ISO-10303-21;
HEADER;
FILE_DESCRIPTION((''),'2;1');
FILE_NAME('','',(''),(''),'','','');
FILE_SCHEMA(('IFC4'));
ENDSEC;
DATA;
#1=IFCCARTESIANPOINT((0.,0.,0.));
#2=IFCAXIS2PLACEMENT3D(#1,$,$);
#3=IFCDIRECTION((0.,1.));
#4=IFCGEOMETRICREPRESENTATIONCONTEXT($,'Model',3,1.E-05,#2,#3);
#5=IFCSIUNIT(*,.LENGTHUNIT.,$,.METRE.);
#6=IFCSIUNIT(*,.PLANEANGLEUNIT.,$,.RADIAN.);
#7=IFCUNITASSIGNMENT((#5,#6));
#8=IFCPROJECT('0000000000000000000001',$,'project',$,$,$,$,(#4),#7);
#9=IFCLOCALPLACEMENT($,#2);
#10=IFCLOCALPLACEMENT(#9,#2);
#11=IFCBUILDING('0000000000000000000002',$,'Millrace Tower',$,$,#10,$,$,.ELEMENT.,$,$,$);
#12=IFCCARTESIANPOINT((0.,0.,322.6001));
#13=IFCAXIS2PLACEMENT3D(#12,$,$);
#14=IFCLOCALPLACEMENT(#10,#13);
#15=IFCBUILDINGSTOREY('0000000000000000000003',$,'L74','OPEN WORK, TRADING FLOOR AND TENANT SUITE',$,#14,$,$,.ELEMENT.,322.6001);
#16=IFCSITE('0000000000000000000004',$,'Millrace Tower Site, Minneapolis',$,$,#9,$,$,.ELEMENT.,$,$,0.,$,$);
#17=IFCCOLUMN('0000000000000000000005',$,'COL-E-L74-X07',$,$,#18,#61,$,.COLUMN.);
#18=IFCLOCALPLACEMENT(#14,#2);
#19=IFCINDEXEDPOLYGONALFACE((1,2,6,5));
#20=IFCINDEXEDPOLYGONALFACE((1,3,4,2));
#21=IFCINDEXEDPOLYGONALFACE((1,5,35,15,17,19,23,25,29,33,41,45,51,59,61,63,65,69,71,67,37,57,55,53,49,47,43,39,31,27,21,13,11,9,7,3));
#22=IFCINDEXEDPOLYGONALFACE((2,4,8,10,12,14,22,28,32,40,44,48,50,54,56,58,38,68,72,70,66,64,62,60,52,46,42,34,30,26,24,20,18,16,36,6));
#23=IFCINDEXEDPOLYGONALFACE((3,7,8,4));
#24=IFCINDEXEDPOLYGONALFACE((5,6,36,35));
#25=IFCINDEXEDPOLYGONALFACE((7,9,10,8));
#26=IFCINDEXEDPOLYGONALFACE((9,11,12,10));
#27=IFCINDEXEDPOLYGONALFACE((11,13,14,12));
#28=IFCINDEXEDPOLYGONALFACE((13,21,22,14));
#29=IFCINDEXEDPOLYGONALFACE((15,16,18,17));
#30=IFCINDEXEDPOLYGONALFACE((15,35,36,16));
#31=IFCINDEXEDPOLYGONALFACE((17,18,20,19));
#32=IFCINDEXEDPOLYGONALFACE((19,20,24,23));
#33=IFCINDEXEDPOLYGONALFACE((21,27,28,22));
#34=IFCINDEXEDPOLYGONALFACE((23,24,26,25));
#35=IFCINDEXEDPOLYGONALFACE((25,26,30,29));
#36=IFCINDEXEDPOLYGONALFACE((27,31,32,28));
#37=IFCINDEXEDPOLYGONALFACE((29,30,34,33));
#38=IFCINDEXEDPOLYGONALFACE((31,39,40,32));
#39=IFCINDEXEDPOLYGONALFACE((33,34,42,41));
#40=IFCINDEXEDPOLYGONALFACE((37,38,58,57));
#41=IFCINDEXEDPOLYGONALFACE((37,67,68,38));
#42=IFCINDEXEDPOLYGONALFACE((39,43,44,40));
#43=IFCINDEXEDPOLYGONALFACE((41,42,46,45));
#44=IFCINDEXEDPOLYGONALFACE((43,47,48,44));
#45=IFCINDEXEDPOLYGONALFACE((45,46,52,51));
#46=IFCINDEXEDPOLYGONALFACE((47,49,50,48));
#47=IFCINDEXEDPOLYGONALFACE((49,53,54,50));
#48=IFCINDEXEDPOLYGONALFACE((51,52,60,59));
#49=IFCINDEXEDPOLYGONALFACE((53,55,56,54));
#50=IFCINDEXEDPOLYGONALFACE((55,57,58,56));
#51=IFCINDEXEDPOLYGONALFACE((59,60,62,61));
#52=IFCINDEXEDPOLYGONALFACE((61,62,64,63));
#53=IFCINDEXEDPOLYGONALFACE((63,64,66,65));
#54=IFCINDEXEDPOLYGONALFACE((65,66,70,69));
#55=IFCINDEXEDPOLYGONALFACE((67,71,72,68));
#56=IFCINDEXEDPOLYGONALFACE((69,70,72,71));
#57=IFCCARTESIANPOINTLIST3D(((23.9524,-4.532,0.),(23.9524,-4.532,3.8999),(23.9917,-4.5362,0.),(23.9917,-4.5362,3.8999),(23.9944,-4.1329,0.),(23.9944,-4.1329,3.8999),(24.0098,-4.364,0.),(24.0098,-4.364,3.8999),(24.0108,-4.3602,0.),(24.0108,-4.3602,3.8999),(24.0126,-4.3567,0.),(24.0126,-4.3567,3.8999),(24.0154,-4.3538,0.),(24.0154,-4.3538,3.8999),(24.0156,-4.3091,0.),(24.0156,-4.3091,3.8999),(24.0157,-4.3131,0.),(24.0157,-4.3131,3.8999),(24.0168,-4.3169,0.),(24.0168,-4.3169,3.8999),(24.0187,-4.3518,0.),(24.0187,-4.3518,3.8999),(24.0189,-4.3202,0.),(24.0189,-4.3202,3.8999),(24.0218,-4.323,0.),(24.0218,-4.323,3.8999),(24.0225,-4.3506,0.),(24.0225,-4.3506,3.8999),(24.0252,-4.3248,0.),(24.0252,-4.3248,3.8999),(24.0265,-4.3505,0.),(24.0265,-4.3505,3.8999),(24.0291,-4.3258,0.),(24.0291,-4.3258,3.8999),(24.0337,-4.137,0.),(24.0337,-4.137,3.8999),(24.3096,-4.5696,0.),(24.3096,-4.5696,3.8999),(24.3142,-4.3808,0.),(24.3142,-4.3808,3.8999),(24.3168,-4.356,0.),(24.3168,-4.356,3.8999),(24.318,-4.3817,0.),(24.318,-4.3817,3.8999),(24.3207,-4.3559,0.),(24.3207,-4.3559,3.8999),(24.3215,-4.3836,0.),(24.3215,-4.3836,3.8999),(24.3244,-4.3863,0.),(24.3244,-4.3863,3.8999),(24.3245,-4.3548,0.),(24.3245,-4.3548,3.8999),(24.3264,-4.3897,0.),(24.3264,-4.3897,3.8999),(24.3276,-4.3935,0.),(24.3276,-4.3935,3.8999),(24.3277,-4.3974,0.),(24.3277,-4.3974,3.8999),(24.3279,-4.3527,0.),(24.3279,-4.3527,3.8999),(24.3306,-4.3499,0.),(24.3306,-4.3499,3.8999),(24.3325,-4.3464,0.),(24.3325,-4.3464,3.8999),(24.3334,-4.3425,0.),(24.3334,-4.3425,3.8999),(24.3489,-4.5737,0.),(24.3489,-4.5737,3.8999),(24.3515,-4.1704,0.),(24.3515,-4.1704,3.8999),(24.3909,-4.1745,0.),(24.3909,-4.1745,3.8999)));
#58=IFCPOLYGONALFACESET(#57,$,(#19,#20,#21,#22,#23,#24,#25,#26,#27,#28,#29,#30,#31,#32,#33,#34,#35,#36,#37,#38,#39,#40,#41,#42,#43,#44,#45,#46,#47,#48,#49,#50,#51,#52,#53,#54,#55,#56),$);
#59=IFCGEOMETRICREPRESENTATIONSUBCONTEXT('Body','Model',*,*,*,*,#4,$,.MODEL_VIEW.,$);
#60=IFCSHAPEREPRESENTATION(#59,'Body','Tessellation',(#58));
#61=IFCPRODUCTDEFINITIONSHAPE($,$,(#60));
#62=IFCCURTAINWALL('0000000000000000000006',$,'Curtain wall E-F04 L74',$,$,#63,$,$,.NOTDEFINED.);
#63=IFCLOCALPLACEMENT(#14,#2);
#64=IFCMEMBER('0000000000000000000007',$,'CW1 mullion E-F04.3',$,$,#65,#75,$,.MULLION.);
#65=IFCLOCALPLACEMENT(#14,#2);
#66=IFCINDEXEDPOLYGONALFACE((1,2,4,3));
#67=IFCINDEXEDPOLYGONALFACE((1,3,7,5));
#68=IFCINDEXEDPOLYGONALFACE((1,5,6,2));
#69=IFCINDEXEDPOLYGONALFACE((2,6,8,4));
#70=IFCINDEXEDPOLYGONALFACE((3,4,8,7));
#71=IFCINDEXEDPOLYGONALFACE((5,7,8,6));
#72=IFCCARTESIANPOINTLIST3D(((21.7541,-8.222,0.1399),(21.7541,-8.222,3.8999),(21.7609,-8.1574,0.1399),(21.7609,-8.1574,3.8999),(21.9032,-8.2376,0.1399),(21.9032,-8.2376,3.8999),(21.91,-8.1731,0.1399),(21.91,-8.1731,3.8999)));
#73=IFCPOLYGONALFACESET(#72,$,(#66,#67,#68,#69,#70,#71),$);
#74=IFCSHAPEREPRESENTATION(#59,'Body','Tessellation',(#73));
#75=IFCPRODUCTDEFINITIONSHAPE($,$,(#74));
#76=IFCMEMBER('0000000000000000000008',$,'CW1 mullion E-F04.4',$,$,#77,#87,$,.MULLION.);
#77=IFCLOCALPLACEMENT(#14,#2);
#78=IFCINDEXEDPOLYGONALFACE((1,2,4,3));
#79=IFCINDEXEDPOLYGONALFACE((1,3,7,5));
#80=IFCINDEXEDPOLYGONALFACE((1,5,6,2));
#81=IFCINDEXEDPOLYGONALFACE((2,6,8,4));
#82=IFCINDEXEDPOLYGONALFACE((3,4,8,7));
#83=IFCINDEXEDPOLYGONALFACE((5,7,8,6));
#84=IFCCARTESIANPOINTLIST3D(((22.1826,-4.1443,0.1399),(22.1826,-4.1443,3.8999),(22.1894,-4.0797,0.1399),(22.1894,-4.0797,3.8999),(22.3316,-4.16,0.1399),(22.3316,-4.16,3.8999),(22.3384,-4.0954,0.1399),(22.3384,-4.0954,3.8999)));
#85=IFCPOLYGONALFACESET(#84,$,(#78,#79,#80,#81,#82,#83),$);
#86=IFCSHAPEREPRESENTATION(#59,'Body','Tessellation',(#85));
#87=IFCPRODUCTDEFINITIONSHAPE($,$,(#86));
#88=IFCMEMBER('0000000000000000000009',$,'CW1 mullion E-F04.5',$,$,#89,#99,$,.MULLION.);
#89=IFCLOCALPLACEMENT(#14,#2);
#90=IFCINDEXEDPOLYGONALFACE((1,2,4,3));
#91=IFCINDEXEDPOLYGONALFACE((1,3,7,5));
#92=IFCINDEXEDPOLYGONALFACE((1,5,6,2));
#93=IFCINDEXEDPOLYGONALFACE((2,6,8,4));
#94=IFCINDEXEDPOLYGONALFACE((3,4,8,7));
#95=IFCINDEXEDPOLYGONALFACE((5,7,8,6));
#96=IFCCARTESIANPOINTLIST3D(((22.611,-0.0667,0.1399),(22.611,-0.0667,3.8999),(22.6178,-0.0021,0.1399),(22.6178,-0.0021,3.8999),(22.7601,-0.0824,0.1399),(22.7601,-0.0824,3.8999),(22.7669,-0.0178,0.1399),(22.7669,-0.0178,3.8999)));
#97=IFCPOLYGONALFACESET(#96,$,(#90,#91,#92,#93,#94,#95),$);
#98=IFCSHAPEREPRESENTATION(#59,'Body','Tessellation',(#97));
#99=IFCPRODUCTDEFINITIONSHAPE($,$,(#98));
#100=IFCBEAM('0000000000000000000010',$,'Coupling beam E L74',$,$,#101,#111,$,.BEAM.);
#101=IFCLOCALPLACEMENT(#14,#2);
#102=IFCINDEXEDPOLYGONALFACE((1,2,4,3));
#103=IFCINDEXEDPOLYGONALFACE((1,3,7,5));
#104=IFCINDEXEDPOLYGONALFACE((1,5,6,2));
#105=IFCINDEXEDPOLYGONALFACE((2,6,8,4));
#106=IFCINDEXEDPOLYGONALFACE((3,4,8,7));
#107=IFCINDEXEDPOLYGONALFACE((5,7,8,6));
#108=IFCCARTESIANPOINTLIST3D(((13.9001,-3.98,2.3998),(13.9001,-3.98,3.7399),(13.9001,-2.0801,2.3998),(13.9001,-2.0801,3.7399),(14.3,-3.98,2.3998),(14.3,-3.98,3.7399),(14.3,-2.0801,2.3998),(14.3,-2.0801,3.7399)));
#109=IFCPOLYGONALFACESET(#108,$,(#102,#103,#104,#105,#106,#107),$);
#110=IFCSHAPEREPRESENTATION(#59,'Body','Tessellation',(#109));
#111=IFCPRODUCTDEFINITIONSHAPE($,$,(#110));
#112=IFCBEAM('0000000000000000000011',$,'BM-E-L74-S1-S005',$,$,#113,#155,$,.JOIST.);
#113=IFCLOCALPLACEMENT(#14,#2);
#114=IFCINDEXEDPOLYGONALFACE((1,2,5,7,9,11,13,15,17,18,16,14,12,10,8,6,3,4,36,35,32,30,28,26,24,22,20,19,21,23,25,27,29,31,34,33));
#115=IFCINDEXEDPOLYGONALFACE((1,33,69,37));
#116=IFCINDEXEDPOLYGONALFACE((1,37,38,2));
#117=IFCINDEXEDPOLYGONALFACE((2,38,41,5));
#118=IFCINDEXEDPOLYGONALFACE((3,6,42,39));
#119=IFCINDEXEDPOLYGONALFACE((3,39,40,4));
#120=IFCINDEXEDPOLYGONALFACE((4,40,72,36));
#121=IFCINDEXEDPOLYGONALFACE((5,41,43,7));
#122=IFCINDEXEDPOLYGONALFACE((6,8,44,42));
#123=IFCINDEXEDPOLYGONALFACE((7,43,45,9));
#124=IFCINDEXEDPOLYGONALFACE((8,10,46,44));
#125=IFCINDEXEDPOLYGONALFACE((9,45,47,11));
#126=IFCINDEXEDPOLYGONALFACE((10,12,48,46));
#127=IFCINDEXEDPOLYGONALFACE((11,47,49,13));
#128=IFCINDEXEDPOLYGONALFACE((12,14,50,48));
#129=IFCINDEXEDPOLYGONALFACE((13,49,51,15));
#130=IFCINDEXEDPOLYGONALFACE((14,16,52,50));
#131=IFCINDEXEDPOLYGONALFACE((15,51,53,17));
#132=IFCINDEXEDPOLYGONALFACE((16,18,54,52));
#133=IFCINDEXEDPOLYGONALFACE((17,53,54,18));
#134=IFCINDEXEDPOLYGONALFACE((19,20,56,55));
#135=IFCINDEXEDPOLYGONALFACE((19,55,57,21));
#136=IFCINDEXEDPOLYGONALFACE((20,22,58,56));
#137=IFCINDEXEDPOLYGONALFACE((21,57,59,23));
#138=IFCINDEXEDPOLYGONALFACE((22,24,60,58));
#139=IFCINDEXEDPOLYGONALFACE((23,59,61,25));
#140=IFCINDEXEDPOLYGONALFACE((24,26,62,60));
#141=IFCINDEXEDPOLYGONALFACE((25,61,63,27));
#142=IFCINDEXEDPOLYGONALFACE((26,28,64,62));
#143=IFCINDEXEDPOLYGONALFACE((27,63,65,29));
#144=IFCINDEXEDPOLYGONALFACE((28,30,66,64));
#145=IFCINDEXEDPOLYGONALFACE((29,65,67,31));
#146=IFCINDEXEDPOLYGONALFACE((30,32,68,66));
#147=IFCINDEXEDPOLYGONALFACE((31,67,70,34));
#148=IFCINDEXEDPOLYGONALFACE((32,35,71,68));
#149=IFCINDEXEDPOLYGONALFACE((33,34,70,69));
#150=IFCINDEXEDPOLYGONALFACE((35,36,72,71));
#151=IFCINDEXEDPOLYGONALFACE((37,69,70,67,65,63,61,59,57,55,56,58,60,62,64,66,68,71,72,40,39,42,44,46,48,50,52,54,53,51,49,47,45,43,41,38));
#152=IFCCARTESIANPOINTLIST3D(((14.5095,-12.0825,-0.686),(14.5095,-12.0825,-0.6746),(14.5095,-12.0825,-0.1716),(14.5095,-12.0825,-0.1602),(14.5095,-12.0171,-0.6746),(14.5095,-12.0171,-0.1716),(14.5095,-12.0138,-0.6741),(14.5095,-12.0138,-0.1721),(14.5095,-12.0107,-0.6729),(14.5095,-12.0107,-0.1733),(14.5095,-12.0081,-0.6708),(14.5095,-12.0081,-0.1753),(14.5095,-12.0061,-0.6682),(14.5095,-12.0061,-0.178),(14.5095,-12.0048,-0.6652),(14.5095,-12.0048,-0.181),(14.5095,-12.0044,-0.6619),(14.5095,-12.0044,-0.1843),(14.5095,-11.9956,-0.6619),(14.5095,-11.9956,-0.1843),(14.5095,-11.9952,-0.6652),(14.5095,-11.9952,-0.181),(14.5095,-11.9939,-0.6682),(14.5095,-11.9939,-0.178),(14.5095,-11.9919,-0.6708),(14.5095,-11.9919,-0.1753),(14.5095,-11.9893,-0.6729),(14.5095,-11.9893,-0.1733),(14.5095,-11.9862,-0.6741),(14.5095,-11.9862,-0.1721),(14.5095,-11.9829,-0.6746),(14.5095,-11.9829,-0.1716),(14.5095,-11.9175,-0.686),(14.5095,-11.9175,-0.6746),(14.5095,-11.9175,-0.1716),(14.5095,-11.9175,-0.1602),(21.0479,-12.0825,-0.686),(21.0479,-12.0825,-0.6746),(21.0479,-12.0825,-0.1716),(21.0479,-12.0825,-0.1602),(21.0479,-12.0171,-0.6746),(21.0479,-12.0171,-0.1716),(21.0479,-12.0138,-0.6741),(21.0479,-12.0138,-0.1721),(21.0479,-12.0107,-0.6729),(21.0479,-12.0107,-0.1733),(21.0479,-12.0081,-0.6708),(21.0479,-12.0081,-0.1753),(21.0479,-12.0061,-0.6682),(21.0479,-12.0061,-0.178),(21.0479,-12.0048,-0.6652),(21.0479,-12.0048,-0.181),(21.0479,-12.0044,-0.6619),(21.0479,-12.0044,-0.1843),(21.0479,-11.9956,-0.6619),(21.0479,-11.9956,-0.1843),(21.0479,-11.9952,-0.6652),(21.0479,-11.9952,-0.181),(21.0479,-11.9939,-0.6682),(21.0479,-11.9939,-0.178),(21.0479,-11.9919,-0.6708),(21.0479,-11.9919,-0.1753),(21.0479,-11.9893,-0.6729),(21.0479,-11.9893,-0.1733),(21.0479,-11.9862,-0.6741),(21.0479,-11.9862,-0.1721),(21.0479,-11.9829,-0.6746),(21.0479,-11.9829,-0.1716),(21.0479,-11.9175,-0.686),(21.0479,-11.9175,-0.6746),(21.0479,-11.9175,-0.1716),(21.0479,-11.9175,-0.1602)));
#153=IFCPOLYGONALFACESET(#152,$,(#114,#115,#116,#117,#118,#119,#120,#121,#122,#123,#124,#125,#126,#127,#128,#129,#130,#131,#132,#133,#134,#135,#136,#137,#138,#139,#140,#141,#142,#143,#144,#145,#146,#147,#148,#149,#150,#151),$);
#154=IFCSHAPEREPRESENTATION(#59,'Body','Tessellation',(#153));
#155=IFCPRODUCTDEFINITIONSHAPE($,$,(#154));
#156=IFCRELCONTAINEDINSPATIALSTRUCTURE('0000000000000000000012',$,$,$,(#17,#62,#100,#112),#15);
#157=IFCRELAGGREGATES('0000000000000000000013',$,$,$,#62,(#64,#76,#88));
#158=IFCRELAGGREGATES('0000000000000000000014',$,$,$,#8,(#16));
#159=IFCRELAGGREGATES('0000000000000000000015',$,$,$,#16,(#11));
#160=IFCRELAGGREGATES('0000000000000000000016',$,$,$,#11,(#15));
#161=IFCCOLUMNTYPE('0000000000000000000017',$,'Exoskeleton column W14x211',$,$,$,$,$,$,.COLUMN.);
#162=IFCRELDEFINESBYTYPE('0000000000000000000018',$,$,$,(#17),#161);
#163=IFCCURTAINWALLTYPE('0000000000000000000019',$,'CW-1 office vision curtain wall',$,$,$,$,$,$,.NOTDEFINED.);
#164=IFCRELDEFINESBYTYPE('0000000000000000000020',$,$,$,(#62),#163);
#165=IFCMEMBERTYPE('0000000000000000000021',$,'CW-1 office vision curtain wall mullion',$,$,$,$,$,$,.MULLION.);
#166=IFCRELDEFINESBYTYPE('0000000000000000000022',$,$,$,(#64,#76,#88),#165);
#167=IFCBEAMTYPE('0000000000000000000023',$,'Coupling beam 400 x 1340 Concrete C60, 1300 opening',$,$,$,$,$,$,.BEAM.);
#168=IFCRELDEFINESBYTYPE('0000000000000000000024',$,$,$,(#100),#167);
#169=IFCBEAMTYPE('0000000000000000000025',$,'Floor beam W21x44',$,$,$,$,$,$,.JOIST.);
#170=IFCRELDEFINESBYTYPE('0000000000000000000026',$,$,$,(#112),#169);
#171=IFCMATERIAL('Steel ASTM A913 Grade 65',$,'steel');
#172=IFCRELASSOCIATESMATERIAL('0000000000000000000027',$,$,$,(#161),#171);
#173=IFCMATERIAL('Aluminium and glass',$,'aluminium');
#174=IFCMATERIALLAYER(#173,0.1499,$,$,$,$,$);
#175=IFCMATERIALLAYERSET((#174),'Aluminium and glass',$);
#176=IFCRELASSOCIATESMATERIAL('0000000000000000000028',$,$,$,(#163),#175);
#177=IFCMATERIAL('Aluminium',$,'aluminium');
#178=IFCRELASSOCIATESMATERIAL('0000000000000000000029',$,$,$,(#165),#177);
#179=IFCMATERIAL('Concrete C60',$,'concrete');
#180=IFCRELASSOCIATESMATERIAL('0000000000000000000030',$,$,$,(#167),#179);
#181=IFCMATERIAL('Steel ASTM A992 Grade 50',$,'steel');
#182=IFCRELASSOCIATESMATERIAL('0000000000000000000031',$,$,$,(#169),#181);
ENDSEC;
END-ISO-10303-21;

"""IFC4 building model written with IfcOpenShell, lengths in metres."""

from ifc_helpers import new_model, si_unit, direction, frame, origin, origin_2d, place, context, subcontext, project, spatial, rectangle, i_section, extrude, material, layer, layer_set, material_profile, profile_set, type_object, element, aggregate, save


model = new_model("IFC4")

# Units and contexts
model_context = context("Model", 3, precision=1e-05, world=origin(), true_north=direction((0.0, 1.0)))
body_context = subcontext(model_context, "Body", "Model", "MODEL_VIEW")
ifc_project = project(units=[si_unit("LENGTHUNIT", "METRE"), si_unit("PLANEANGLEUNIT", "RADIAN")], contexts=[model_context])

# Site, building, storey
site_placement = place(None, origin())
site = spatial("IfcSite", under=ifc_project, at=site_placement, Name="Millrace Tower Site, Minneapolis", CompositionType="ELEMENT", RefElevation=0.0)
building_placement = place(site_placement, origin())
building = spatial("IfcBuilding", under=site, at=building_placement, Name="Millrace Tower", CompositionType="ELEMENT")
storey_placement = place(building_placement, frame((0.0, 0.0, 322.6001)))
storey = spatial("IfcBuildingStorey", under=building, at=storey_placement, Name="L74", Description="OPEN WORK, TRADING FLOOR AND TENANT SUITE", CompositionType="ELEMENT", Elevation=322.6001)

# Column
ifc_material_1 = material(Name="Steel ASTM A913 Grade 65", Category="steel")
ifc_material_profile_1 = material_profile(ifc_material_1, i_section(OverallWidth=0.4014, OverallDepth=0.3987, WebThickness=0.0249, FlangeThickness=0.0396, FilletRadius=0.0151, at=origin_2d()))
ifc_profile_set_1 = profile_set([ifc_material_profile_1], Name="Steel ASTM A913 Grade 65")
column_type = type_object("IfcColumnType", Name="Exoskeleton column W14x211", PredefinedType="COLUMN", material=ifc_profile_set_1)
column_placement = place(storey_placement, frame((24.1716, -4.3533, 0.0), z_axis=(0.0, 0.0, 1.0), x_axis=(0.104528, 0.994522, 0.0)))
element("IfcColumn", 1, at=column_placement, inside=storey, type_object=column_type, Name="COL-E-L74-X07", PredefinedType="COLUMN", context=body_context, shape_type="SweptSolid", body=[
    extrude(i_section(OverallWidth=0.4014, OverallDepth=0.3987, WebThickness=0.0249, FlangeThickness=0.0396, FilletRadius=0.0151, at=origin_2d()), origin(), (0.0, 0.0, 1.0), 3.8999),
])

# Curtain wall, members
ifc_material_2 = material(Name="Aluminium and glass", Category="aluminium")
ifc_layer_1 = layer(ifc_material_2, 0.1499)
ifc_layer_set_1 = layer_set([ifc_layer_1], Name="Aluminium and glass")
curtain_wall_type = type_object("IfcCurtainWallType", Name="CW-1 office vision curtain wall", PredefinedType="NOTDEFINED", material=ifc_layer_set_1)
placement = place(storey_placement, origin())
curtain_wall = element("IfcCurtainWall", 2, at=placement, inside=storey, type_object=curtain_wall_type, Name="Curtain wall E-F04 L74", PredefinedType="NOTDEFINED")
ifc_material_3 = material(Name="Aluminium", Category="aluminium")
ifc_material_profile_2 = material_profile(ifc_material_3, rectangle(XDim=0.0649, YDim=0.1499, at=origin_2d()))
ifc_profile_set_2 = profile_set([ifc_material_profile_2], Name="Aluminium")
member_type = type_object("IfcMemberType", Name="CW-1 office vision curtain wall mullion", PredefinedType="MULLION", material=ifc_profile_set_2)
member_1_placement = place(storey_placement, frame((21.832, -8.1975, 0.1399), z_axis=(0.0, 0.0, 1.0), x_axis=(0.104528, 0.994522, 0.0)))
member_1 = element("IfcMember", 3, at=member_1_placement, type_object=member_type, Name="CW1 mullion E-F04.3", PredefinedType="MULLION", context=body_context, shape_type="SweptSolid", body=[
    extrude(rectangle(XDim=0.0649, YDim=0.1499, at=origin_2d()), origin(), (0.0, 0.0, 1.0), 3.76),
])
member_2_placement = place(storey_placement, frame((22.2605, -4.1199, 0.1399), z_axis=(0.0, 0.0, 1.0), x_axis=(0.104528, 0.994522, 0.0)))
member_2 = element("IfcMember", 4, at=member_2_placement, type_object=member_type, Name="CW1 mullion E-F04.4", PredefinedType="MULLION", context=body_context, shape_type="SweptSolid", body=[
    extrude(rectangle(XDim=0.0649, YDim=0.1499, at=origin_2d()), origin(), (0.0, 0.0, 1.0), 3.76),
])
member_3_placement = place(storey_placement, frame((22.689, -0.0422, 0.1399), z_axis=(0.0, 0.0, 1.0), x_axis=(0.104528, 0.994522, 0.0)))
member_3 = element("IfcMember", 5, at=member_3_placement, type_object=member_type, Name="CW1 mullion E-F04.5", PredefinedType="MULLION", context=body_context, shape_type="SweptSolid", body=[
    extrude(rectangle(XDim=0.0649, YDim=0.1499, at=origin_2d()), origin(), (0.0, 0.0, 1.0), 3.76),
])
aggregate(curtain_wall, [member_1, member_2, member_3])

# Beams
ifc_material_4 = material(Name="Concrete C60", Category="concrete")
ifc_material_profile_3 = material_profile(ifc_material_4, rectangle(XDim=0.3999, YDim=1.3401, at=origin_2d()))
ifc_profile_set_3 = profile_set([ifc_material_profile_3], Name="Concrete C60")
beam_type_1 = type_object("IfcBeamType", Name="Coupling beam 400 x 1340 Concrete C60, 1300 opening", PredefinedType="BEAM", material=ifc_profile_set_3)
beam_1_placement = place(storey_placement, frame((14.1001, -2.0801, 3.0698), z_axis=(0.0, -1.0, 0.0), x_axis=(1.0, 0.0, 0.0)))
element("IfcBeam", 6, at=beam_1_placement, inside=storey, type_object=beam_type_1, Name="Coupling beam E L74", PredefinedType="BEAM", context=body_context, shape_type="SweptSolid", body=[
    extrude(rectangle(XDim=0.3999, YDim=1.3401, at=origin_2d()), origin(), (0.0, 0.0, 1.0), 1.8999),
])
ifc_material_5 = material(Name="Steel ASTM A992 Grade 50", Category="steel")
ifc_material_profile_4 = material_profile(ifc_material_5, i_section(OverallWidth=0.165, OverallDepth=0.5259, WebThickness=0.0088, FlangeThickness=0.0115, FilletRadius=0.0127, at=origin_2d()))
ifc_profile_set_4 = profile_set([ifc_material_profile_4], Name="Steel ASTM A992 Grade 50")
beam_type_2 = type_object("IfcBeamType", Name="Floor beam W21x44", PredefinedType="JOIST", material=ifc_profile_set_4)
beam_2_placement = place(storey_placement, frame((14.5095, -12.0, -0.4231), z_axis=(1.0, 0.0, 0.0), x_axis=(0.0, 1.0, 0.0)))
element("IfcBeam", 7, at=beam_2_placement, inside=storey, type_object=beam_type_2, Name="BM-E-L74-S1-S005", PredefinedType="JOIST", context=body_context, shape_type="SweptSolid", body=[
    extrude(i_section(OverallWidth=0.165, OverallDepth=0.5259, WebThickness=0.0088, FlangeThickness=0.0115, FilletRadius=0.0127, at=origin_2d()), origin(), (0.0, 0.0, 1.0), 6.5383),
])

save(model, "model.ifc")
